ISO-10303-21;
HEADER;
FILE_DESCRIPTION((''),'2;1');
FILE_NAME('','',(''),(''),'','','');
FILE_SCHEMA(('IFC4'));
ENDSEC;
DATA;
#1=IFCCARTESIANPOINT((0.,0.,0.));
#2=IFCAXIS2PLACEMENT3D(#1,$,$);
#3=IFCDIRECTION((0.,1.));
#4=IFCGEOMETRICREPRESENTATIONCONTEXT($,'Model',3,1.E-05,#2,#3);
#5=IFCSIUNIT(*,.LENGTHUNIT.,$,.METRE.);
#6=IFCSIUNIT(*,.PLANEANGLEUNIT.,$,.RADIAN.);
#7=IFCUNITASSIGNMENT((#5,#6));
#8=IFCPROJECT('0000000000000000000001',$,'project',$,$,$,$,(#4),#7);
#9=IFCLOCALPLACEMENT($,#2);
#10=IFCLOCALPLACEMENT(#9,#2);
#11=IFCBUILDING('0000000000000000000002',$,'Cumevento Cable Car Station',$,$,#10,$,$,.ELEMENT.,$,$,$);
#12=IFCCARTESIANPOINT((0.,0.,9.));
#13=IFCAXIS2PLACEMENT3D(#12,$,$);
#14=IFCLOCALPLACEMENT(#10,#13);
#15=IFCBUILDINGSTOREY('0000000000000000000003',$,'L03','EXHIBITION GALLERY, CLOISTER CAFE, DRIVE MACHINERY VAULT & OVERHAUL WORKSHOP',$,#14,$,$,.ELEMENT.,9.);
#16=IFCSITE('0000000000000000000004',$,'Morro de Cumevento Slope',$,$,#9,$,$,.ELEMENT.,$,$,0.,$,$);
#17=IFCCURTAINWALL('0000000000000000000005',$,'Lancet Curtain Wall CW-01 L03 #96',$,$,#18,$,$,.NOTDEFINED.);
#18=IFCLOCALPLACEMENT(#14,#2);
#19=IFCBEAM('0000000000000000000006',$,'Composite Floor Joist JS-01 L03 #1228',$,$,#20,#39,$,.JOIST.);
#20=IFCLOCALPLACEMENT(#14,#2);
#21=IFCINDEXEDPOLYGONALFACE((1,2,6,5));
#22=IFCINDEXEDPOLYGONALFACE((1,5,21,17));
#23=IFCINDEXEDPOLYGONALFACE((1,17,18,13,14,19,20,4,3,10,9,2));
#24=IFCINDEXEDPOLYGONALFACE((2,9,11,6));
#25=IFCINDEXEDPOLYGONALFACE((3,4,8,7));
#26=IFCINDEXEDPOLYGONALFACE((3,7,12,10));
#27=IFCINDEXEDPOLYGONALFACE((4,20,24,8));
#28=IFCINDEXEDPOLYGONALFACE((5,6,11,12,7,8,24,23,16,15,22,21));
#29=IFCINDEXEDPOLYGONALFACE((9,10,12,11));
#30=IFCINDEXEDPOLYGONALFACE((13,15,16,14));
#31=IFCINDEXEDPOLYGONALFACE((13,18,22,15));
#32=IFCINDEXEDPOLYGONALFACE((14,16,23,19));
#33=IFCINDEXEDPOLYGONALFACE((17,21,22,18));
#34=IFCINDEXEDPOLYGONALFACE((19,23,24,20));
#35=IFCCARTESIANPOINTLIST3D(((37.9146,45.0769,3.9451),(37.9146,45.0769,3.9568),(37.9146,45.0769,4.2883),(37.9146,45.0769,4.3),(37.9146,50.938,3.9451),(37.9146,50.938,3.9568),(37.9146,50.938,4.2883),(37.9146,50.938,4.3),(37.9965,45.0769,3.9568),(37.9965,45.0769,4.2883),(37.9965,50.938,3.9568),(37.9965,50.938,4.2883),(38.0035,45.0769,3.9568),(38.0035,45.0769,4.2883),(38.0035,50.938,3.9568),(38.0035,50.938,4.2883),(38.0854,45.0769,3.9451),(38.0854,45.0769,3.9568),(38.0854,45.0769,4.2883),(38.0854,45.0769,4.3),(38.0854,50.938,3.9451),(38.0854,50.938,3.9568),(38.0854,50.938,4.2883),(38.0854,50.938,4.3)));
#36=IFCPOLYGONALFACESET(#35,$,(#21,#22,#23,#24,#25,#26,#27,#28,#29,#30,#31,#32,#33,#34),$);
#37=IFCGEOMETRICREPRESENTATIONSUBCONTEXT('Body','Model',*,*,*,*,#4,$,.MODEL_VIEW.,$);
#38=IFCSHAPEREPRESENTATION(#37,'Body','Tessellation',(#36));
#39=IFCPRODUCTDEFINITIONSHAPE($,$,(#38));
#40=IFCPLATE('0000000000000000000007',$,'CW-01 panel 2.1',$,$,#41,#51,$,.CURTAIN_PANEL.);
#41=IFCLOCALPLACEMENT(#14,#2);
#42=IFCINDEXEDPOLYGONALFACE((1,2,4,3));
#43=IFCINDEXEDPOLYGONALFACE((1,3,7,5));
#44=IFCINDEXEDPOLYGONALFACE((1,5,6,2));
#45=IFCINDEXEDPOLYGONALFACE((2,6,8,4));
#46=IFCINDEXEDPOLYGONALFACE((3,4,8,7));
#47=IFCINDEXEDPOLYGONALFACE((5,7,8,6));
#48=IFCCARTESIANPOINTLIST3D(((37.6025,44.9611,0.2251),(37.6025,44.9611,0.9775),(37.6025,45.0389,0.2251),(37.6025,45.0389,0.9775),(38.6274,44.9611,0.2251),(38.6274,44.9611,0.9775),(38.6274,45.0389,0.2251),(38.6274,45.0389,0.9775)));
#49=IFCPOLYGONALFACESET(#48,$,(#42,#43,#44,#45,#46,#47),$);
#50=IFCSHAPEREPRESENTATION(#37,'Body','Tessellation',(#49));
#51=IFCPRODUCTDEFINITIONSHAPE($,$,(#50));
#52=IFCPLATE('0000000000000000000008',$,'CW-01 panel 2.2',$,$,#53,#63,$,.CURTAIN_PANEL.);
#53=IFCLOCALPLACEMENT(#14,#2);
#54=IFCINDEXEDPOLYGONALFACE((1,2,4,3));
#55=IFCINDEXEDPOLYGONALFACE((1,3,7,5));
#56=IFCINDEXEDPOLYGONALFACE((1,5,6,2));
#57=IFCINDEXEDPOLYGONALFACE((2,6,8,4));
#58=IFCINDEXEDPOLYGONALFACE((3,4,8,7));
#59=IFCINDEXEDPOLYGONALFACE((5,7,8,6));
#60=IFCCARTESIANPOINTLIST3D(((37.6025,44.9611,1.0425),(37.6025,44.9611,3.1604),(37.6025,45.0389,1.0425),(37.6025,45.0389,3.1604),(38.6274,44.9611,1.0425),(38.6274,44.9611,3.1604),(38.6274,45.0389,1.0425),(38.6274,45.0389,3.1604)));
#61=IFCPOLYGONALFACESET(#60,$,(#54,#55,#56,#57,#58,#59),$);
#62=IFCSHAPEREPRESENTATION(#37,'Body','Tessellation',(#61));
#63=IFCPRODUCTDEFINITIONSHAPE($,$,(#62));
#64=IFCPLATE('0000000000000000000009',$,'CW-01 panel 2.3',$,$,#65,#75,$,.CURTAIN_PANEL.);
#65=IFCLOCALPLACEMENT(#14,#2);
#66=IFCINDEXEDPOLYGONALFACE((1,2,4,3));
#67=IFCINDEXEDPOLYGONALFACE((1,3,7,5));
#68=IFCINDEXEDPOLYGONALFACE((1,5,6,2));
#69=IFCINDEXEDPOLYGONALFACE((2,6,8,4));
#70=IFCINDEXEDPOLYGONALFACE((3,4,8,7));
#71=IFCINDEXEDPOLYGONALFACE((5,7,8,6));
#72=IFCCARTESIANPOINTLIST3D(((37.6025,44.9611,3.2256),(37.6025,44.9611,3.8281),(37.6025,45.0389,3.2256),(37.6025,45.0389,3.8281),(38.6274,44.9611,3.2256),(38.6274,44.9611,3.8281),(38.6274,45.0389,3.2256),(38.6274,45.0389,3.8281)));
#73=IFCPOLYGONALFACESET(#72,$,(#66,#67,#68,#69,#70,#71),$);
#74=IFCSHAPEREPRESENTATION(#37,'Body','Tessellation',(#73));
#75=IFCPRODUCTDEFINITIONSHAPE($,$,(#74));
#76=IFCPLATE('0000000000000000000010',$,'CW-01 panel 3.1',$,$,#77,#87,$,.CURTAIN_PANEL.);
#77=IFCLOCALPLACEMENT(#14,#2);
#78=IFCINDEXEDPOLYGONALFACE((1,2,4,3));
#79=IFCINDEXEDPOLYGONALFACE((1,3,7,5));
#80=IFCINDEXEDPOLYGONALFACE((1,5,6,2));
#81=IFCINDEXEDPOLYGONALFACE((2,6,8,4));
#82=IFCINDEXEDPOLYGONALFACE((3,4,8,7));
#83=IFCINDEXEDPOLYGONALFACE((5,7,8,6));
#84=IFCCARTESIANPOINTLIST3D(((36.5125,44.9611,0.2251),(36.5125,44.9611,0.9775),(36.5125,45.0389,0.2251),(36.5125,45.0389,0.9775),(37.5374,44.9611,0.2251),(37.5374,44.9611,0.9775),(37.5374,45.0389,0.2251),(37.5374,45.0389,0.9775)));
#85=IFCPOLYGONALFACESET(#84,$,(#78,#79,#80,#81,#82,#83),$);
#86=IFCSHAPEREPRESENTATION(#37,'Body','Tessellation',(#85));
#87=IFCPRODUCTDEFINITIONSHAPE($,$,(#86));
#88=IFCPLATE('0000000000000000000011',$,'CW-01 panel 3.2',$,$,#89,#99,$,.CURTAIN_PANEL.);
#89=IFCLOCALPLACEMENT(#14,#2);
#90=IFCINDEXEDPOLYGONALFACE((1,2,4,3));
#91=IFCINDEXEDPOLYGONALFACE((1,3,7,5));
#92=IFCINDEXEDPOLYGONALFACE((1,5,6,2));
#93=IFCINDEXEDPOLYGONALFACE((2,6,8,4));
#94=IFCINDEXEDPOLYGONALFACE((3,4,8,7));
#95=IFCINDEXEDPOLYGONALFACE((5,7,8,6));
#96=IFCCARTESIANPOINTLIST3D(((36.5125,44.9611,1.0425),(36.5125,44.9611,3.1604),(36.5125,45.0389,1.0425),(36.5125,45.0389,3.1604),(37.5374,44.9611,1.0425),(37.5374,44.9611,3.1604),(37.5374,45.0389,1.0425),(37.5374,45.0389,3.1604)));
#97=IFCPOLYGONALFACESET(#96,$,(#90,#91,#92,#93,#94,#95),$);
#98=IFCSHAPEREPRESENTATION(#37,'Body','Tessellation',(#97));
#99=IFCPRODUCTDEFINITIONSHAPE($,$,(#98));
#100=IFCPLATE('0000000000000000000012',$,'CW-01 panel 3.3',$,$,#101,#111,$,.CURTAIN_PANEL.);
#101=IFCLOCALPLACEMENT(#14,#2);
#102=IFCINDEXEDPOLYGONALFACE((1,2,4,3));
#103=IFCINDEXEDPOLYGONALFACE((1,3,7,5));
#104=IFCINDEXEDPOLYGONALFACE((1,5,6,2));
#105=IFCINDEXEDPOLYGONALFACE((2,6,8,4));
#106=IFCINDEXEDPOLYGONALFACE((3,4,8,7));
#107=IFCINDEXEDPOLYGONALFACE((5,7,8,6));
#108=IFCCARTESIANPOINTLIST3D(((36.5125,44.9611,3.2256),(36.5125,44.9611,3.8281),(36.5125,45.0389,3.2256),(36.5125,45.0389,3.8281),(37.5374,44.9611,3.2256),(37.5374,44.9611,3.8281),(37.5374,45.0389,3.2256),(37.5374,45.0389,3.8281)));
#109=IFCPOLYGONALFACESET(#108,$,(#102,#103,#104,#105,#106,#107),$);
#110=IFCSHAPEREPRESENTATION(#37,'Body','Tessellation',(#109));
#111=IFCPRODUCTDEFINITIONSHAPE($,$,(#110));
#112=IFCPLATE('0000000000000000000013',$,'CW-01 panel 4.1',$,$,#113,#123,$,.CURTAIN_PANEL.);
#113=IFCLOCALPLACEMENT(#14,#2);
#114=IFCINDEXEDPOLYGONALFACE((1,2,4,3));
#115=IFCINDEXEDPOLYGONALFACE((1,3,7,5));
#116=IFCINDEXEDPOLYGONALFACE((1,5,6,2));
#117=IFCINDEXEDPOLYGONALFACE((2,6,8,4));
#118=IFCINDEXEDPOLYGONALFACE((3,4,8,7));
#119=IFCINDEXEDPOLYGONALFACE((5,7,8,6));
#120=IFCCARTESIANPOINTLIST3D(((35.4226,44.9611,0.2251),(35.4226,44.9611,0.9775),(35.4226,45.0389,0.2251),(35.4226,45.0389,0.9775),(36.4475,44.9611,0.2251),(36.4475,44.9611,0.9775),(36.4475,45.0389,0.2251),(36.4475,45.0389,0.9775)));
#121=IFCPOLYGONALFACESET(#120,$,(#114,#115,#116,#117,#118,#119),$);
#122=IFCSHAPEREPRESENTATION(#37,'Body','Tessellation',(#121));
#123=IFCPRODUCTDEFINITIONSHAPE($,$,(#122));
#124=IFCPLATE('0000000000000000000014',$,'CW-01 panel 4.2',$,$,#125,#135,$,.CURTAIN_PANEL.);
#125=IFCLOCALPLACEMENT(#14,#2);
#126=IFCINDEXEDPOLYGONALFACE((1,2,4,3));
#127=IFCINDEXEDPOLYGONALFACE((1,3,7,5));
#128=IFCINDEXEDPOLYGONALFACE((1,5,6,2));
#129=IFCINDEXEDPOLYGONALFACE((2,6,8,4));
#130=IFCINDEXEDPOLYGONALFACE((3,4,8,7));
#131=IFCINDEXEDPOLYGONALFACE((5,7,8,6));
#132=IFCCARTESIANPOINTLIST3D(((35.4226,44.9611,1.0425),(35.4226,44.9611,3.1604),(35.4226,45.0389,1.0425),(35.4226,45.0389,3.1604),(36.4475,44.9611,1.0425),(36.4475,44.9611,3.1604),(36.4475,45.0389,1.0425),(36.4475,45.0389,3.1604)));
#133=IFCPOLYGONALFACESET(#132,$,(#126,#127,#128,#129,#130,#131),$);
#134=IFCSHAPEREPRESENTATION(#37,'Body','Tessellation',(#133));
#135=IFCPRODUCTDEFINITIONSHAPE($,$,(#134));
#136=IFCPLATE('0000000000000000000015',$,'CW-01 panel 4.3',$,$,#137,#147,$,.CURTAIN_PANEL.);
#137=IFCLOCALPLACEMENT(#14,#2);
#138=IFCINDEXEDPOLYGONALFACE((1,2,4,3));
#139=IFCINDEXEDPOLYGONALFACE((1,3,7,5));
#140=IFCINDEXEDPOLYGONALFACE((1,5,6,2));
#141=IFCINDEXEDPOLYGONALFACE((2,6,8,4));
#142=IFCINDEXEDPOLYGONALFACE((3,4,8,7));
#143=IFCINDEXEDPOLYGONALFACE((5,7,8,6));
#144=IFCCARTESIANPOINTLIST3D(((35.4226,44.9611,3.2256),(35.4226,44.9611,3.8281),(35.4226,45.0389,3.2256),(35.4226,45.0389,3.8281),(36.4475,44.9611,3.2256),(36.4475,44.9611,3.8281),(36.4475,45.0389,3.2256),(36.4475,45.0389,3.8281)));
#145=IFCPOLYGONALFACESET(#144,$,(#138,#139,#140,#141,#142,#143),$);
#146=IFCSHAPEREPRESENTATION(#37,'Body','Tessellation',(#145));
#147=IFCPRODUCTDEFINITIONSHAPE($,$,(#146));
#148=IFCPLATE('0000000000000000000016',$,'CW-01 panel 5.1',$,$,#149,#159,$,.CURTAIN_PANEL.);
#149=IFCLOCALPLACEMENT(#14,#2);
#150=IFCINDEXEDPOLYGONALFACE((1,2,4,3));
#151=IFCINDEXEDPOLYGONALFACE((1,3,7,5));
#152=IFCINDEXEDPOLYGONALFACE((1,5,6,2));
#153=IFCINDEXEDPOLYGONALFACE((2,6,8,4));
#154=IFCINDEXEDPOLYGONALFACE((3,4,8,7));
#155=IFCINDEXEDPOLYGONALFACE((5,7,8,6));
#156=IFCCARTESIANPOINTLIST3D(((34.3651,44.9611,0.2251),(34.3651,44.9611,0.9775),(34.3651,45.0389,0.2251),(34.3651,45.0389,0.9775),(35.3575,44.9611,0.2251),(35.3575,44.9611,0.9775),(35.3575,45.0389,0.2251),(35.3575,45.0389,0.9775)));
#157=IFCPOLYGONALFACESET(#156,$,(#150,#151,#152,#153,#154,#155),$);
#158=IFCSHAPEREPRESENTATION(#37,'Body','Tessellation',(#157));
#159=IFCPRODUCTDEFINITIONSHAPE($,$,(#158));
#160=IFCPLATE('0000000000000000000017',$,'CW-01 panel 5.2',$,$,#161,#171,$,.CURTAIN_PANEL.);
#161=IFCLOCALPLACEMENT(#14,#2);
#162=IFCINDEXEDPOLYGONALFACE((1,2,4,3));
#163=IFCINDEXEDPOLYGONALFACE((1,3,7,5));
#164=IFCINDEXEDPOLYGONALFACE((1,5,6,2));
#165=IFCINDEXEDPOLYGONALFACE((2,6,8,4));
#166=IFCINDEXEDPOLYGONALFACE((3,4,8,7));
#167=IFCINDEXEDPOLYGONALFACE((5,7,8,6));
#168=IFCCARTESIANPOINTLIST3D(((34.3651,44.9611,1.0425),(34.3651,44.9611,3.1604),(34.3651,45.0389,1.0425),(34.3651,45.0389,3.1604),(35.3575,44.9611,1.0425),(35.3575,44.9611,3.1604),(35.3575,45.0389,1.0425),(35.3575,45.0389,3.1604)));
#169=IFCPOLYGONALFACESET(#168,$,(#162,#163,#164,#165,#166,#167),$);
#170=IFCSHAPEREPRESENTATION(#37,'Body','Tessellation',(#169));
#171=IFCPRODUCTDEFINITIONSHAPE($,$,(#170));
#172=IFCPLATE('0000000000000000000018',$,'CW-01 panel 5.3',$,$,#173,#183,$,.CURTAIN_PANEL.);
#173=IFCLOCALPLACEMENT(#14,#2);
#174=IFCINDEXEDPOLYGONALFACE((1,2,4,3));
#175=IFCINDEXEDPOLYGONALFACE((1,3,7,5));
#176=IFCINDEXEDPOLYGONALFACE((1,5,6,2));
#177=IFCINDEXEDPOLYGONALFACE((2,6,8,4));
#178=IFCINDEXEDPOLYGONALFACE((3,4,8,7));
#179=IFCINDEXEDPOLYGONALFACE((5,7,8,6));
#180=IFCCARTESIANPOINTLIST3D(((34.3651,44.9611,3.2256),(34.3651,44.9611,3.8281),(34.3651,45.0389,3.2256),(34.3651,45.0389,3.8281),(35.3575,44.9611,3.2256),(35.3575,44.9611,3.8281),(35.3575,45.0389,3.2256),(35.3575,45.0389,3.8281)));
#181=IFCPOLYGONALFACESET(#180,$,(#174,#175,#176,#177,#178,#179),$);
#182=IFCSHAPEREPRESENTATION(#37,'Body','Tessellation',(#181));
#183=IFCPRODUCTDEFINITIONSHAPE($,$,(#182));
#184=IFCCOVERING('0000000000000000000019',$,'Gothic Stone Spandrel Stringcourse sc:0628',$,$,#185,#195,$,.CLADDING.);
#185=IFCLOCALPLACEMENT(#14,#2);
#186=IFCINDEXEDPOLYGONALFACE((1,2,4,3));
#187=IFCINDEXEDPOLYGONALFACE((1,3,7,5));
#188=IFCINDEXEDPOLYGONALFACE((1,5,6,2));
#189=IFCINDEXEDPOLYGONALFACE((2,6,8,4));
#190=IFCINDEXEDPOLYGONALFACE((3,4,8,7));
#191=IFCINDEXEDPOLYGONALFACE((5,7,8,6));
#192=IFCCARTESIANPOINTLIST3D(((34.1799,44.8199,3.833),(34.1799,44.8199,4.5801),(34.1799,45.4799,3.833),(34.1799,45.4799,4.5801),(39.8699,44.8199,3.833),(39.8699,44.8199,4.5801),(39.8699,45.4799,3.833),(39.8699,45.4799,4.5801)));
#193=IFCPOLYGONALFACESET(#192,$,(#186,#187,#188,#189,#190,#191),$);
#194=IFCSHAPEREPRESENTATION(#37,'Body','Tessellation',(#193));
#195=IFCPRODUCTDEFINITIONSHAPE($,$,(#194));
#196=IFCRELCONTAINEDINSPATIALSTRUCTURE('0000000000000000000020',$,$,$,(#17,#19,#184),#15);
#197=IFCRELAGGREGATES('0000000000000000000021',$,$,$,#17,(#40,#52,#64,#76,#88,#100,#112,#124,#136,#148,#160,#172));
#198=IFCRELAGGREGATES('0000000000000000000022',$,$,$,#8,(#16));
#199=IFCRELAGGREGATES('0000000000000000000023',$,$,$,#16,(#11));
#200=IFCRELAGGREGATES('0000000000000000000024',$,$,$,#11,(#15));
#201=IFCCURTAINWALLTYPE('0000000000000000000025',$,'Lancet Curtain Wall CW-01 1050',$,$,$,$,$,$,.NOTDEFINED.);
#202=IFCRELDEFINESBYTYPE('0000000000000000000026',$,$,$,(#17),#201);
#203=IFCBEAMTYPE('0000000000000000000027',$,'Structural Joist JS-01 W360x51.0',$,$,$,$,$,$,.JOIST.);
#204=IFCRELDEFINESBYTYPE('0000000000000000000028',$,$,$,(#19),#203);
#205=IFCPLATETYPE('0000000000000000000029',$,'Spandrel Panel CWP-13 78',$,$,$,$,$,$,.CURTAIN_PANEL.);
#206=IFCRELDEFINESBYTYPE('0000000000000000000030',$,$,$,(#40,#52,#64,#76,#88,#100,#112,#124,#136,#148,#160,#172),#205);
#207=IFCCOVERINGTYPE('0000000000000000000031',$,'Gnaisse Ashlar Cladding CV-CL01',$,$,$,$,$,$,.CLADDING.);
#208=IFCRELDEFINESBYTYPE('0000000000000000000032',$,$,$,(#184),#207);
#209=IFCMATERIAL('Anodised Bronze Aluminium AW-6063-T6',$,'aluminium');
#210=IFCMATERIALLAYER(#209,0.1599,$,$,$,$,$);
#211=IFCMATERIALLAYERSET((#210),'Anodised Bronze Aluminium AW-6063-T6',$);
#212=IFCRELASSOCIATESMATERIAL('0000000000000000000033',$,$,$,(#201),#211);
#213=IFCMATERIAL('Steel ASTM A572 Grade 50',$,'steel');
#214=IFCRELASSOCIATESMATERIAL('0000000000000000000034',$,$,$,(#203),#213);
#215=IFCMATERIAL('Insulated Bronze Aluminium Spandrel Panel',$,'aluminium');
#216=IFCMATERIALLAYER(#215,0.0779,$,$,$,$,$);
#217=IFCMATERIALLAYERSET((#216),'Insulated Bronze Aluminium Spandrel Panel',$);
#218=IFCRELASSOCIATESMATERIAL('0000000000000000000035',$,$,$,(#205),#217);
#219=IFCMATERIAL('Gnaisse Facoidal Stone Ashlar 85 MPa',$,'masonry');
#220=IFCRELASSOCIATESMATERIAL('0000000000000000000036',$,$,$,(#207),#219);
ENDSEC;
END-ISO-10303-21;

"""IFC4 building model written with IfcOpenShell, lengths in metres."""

from ifc_helpers import new_model, si_unit, direction, frame, origin, origin_2d, place, context, subcontext, project, spatial, rectangle, i_section, extrude, material, layer, layer_set, material_profile, profile_set, type_object, element, aggregate, save


model = new_model("IFC4")

# Units and contexts
model_context = context("Model", 3, precision=1e-05, world=origin(), true_north=direction((0.0, 1.0)))
body_context = subcontext(model_context, "Body", "Model", "MODEL_VIEW")
ifc_project = project(units=[si_unit("LENGTHUNIT", "METRE"), si_unit("PLANEANGLEUNIT", "RADIAN")], contexts=[model_context])

# Site, building, storey
site_placement = place(None, origin())
site = spatial("IfcSite", under=ifc_project, at=site_placement, Name="Morro de Cumevento Slope", CompositionType="ELEMENT", RefElevation=0.0)
building_placement = place(site_placement, origin())
building = spatial("IfcBuilding", under=site, at=building_placement, Name="Cumevento Cable Car Station", CompositionType="ELEMENT")
storey_placement = place(building_placement, frame((0.0, 0.0, 9.0)))
storey = spatial("IfcBuildingStorey", under=building, at=storey_placement, Name="L03", Description="EXHIBITION GALLERY, CLOISTER CAFE, DRIVE MACHINERY VAULT & OVERHAUL WORKSHOP", CompositionType="ELEMENT", Elevation=9.0)

# Curtain wall
ifc_material_1 = material(Name="Anodised Bronze Aluminium AW-6063-T6", Category="aluminium")
ifc_layer_1 = layer(ifc_material_1, 0.1599)
ifc_layer_set_1 = layer_set([ifc_layer_1], Name="Anodised Bronze Aluminium AW-6063-T6")
curtain_wall_type = type_object("IfcCurtainWallType", Name="Lancet Curtain Wall CW-01 1050", PredefinedType="NOTDEFINED", material=ifc_layer_set_1)
curtain_wall_placement = place(storey_placement, origin())
curtain_wall = element("IfcCurtainWall", 1, at=curtain_wall_placement, inside=storey, type_object=curtain_wall_type, Name="Lancet Curtain Wall CW-01 L03 #96", PredefinedType="NOTDEFINED")

# Beam
ifc_material_2 = material(Name="Steel ASTM A572 Grade 50", Category="steel")
ifc_material_profile_1 = material_profile(ifc_material_2, i_section(OverallWidth=0.1709, OverallDepth=0.355, WebThickness=0.0071, FlangeThickness=0.0117, at=origin_2d()), Name="W360x51.0")
ifc_profile_set_1 = profile_set([ifc_material_profile_1], Name="Steel ASTM A572 Grade 50")
beam_type = type_object("IfcBeamType", Name="Structural Joist JS-01 W360x51.0", PredefinedType="JOIST", material=ifc_profile_set_1)
for number, where, z_axis, x_axis, name in (
    (2, (38.0, 45.0769, 4.1226), (0.0, 1.0, 0.0), (-1.0, 0.0, 0.0), "Composite Floor Joist JS-01 L03 #1228"),
):
    element("IfcBeam", number, at=place(storey_placement, frame(where, z_axis=z_axis, x_axis=x_axis)), inside=storey, type_object=beam_type, Name=name, PredefinedType="JOIST", context=body_context, shape_type="SweptSolid", body=[
        extrude(i_section(OverallWidth=0.1709, OverallDepth=0.355, WebThickness=0.0071, FlangeThickness=0.0117, at=origin_2d()), origin(), (0.0, 0.0, 1.0), 5.8611),
    ])

# Plates
ifc_material_3 = material(Name="Insulated Bronze Aluminium Spandrel Panel", Category="aluminium")
ifc_layer_2 = layer(ifc_material_3, 0.0779)
ifc_layer_set_2 = layer_set([ifc_layer_2], Name="Insulated Bronze Aluminium Spandrel Panel")
plate_type = type_object("IfcPlateType", Name="Spandrel Panel CWP-13 78", PredefinedType="CURTAIN_PANEL", material=ifc_layer_set_2)
plate_1_placement = place(storey_placement, frame((38.115, 45.0, 0.2251), z_axis=(0.0, 0.0, 1.0), x_axis=(-1.0, 0.0, 0.0)))
plate_1 = element("IfcPlate", 3, at=plate_1_placement, type_object=plate_type, Name="CW-01 panel 2.1", PredefinedType="CURTAIN_PANEL", context=body_context, shape_type="SweptSolid", body=[
    extrude(rectangle(XDim=1.0249, YDim=0.0779, at=origin_2d()), origin(), (0.0, 0.0, 1.0), 0.7524),
])
plate_2_placement = place(storey_placement, frame((38.115, 45.0, 1.0425), z_axis=(0.0, 0.0, 1.0), x_axis=(-1.0, 0.0, 0.0)))
plate_2 = element("IfcPlate", 4, at=plate_2_placement, type_object=plate_type, Name="CW-01 panel 2.2", PredefinedType="CURTAIN_PANEL", context=body_context, shape_type="SweptSolid", body=[
    extrude(rectangle(XDim=1.0249, YDim=0.0779, at=origin_2d()), origin(), (0.0, 0.0, 1.0), 2.1179),
])
plate_3_placement = place(storey_placement, frame((38.115, 45.0, 3.2256), z_axis=(0.0, 0.0, 1.0), x_axis=(-1.0, 0.0, 0.0)))
plate_3 = element("IfcPlate", 5, at=plate_3_placement, type_object=plate_type, Name="CW-01 panel 2.3", PredefinedType="CURTAIN_PANEL", context=body_context, shape_type="SweptSolid", body=[
    extrude(rectangle(XDim=1.0249, YDim=0.0779, at=origin_2d()), origin(), (0.0, 0.0, 1.0), 0.6025),
])
plate_4_placement = place(storey_placement, frame((37.0249, 45.0, 0.2251), z_axis=(0.0, 0.0, 1.0), x_axis=(-1.0, 0.0, 0.0)))
plate_4 = element("IfcPlate", 6, at=plate_4_placement, type_object=plate_type, Name="CW-01 panel 3.1", PredefinedType="CURTAIN_PANEL", context=body_context, shape_type="SweptSolid", body=[
    extrude(rectangle(XDim=1.0249, YDim=0.0779, at=origin_2d()), origin(), (0.0, 0.0, 1.0), 0.7524),
])
plate_5_placement = place(storey_placement, frame((37.0249, 45.0, 1.0425), z_axis=(0.0, 0.0, 1.0), x_axis=(-1.0, 0.0, 0.0)))
plate_5 = element("IfcPlate", 7, at=plate_5_placement, type_object=plate_type, Name="CW-01 panel 3.2", PredefinedType="CURTAIN_PANEL", context=body_context, shape_type="SweptSolid", body=[
    extrude(rectangle(XDim=1.0249, YDim=0.0779, at=origin_2d()), origin(), (0.0, 0.0, 1.0), 2.1179),
])
plate_6_placement = place(storey_placement, frame((37.0249, 45.0, 3.2256), z_axis=(0.0, 0.0, 1.0), x_axis=(-1.0, 0.0, 0.0)))
plate_6 = element("IfcPlate", 8, at=plate_6_placement, type_object=plate_type, Name="CW-01 panel 3.3", PredefinedType="CURTAIN_PANEL", context=body_context, shape_type="SweptSolid", body=[
    extrude(rectangle(XDim=1.0249, YDim=0.0779, at=origin_2d()), origin(), (0.0, 0.0, 1.0), 0.6025),
])
plate_7_placement = place(storey_placement, frame((35.9351, 45.0, 0.2251), z_axis=(0.0, 0.0, 1.0), x_axis=(-1.0, 0.0, 0.0)))
plate_7 = element("IfcPlate", 9, at=plate_7_placement, type_object=plate_type, Name="CW-01 panel 4.1", PredefinedType="CURTAIN_PANEL", context=body_context, shape_type="SweptSolid", body=[
    extrude(rectangle(XDim=1.0249, YDim=0.0779, at=origin_2d()), origin(), (0.0, 0.0, 1.0), 0.7524),
])
plate_8_placement = place(storey_placement, frame((35.9351, 45.0, 1.0425), z_axis=(0.0, 0.0, 1.0), x_axis=(-1.0, 0.0, 0.0)))
plate_8 = element("IfcPlate", 10, at=plate_8_placement, type_object=plate_type, Name="CW-01 panel 4.2", PredefinedType="CURTAIN_PANEL", context=body_context, shape_type="SweptSolid", body=[
    extrude(rectangle(XDim=1.0249, YDim=0.0779, at=origin_2d()), origin(), (0.0, 0.0, 1.0), 2.1179),
])
plate_9_placement = place(storey_placement, frame((35.9351, 45.0, 3.2256), z_axis=(0.0, 0.0, 1.0), x_axis=(-1.0, 0.0, 0.0)))
plate_9 = element("IfcPlate", 11, at=plate_9_placement, type_object=plate_type, Name="CW-01 panel 4.3", PredefinedType="CURTAIN_PANEL", context=body_context, shape_type="SweptSolid", body=[
    extrude(rectangle(XDim=1.0249, YDim=0.0779, at=origin_2d()), origin(), (0.0, 0.0, 1.0), 0.6025),
])
plate_10_placement = place(storey_placement, frame((34.8613, 45.0, 0.2251), z_axis=(0.0, 0.0, 1.0), x_axis=(-1.0, 0.0, 0.0)))
plate_10 = element("IfcPlate", 12, at=plate_10_placement, type_object=plate_type, Name="CW-01 panel 5.1", PredefinedType="CURTAIN_PANEL", context=body_context, shape_type="SweptSolid", body=[
    extrude(rectangle(XDim=0.9924, YDim=0.0779, at=origin_2d()), origin(), (0.0, 0.0, 1.0), 0.7524),
])
plate_11_placement = place(storey_placement, frame((34.8613, 45.0, 1.0425), z_axis=(0.0, 0.0, 1.0), x_axis=(-1.0, 0.0, 0.0)))
plate_11 = element("IfcPlate", 13, at=plate_11_placement, type_object=plate_type, Name="CW-01 panel 5.2", PredefinedType="CURTAIN_PANEL", context=body_context, shape_type="SweptSolid", body=[
    extrude(rectangle(XDim=0.9924, YDim=0.0779, at=origin_2d()), origin(), (0.0, 0.0, 1.0), 2.1179),
])
plate_12_placement = place(storey_placement, frame((34.8613, 45.0, 3.2256), z_axis=(0.0, 0.0, 1.0), x_axis=(-1.0, 0.0, 0.0)))
plate_12 = element("IfcPlate", 14, at=plate_12_placement, type_object=plate_type, Name="CW-01 panel 5.3", PredefinedType="CURTAIN_PANEL", context=body_context, shape_type="SweptSolid", body=[
    extrude(rectangle(XDim=0.9924, YDim=0.0779, at=origin_2d()), origin(), (0.0, 0.0, 1.0), 0.6025),
])
aggregate(curtain_wall, [plate_1, plate_2, plate_3, plate_4, plate_5, plate_6, plate_7, plate_8, plate_9, plate_10, plate_11, plate_12])

# Covering
ifc_material_4 = material(Name="Gnaisse Facoidal Stone Ashlar 85 MPa", Category="masonry")
covering_type = type_object("IfcCoveringType", Name="Gnaisse Ashlar Cladding CV-CL01", PredefinedType="CLADDING", material=ifc_material_4)
covering_1_placement = place(storey_placement, frame((37.0249, 45.1499, 3.833), z_axis=(0.0, 0.0, 1.0), x_axis=(-1.0, 0.0, 0.0)))
element("IfcCovering", 15, at=covering_1_placement, inside=storey, type_object=covering_type, Name="Gothic Stone Spandrel Stringcourse sc:0628", PredefinedType="CLADDING", context=body_context, shape_type="SweptSolid", body=[
    extrude(rectangle(XDim=5.6899, YDim=0.6599, at=origin_2d()), origin(), (0.0, 0.0, 1.0), 0.7471),
])

save(model, "model.ifc")
